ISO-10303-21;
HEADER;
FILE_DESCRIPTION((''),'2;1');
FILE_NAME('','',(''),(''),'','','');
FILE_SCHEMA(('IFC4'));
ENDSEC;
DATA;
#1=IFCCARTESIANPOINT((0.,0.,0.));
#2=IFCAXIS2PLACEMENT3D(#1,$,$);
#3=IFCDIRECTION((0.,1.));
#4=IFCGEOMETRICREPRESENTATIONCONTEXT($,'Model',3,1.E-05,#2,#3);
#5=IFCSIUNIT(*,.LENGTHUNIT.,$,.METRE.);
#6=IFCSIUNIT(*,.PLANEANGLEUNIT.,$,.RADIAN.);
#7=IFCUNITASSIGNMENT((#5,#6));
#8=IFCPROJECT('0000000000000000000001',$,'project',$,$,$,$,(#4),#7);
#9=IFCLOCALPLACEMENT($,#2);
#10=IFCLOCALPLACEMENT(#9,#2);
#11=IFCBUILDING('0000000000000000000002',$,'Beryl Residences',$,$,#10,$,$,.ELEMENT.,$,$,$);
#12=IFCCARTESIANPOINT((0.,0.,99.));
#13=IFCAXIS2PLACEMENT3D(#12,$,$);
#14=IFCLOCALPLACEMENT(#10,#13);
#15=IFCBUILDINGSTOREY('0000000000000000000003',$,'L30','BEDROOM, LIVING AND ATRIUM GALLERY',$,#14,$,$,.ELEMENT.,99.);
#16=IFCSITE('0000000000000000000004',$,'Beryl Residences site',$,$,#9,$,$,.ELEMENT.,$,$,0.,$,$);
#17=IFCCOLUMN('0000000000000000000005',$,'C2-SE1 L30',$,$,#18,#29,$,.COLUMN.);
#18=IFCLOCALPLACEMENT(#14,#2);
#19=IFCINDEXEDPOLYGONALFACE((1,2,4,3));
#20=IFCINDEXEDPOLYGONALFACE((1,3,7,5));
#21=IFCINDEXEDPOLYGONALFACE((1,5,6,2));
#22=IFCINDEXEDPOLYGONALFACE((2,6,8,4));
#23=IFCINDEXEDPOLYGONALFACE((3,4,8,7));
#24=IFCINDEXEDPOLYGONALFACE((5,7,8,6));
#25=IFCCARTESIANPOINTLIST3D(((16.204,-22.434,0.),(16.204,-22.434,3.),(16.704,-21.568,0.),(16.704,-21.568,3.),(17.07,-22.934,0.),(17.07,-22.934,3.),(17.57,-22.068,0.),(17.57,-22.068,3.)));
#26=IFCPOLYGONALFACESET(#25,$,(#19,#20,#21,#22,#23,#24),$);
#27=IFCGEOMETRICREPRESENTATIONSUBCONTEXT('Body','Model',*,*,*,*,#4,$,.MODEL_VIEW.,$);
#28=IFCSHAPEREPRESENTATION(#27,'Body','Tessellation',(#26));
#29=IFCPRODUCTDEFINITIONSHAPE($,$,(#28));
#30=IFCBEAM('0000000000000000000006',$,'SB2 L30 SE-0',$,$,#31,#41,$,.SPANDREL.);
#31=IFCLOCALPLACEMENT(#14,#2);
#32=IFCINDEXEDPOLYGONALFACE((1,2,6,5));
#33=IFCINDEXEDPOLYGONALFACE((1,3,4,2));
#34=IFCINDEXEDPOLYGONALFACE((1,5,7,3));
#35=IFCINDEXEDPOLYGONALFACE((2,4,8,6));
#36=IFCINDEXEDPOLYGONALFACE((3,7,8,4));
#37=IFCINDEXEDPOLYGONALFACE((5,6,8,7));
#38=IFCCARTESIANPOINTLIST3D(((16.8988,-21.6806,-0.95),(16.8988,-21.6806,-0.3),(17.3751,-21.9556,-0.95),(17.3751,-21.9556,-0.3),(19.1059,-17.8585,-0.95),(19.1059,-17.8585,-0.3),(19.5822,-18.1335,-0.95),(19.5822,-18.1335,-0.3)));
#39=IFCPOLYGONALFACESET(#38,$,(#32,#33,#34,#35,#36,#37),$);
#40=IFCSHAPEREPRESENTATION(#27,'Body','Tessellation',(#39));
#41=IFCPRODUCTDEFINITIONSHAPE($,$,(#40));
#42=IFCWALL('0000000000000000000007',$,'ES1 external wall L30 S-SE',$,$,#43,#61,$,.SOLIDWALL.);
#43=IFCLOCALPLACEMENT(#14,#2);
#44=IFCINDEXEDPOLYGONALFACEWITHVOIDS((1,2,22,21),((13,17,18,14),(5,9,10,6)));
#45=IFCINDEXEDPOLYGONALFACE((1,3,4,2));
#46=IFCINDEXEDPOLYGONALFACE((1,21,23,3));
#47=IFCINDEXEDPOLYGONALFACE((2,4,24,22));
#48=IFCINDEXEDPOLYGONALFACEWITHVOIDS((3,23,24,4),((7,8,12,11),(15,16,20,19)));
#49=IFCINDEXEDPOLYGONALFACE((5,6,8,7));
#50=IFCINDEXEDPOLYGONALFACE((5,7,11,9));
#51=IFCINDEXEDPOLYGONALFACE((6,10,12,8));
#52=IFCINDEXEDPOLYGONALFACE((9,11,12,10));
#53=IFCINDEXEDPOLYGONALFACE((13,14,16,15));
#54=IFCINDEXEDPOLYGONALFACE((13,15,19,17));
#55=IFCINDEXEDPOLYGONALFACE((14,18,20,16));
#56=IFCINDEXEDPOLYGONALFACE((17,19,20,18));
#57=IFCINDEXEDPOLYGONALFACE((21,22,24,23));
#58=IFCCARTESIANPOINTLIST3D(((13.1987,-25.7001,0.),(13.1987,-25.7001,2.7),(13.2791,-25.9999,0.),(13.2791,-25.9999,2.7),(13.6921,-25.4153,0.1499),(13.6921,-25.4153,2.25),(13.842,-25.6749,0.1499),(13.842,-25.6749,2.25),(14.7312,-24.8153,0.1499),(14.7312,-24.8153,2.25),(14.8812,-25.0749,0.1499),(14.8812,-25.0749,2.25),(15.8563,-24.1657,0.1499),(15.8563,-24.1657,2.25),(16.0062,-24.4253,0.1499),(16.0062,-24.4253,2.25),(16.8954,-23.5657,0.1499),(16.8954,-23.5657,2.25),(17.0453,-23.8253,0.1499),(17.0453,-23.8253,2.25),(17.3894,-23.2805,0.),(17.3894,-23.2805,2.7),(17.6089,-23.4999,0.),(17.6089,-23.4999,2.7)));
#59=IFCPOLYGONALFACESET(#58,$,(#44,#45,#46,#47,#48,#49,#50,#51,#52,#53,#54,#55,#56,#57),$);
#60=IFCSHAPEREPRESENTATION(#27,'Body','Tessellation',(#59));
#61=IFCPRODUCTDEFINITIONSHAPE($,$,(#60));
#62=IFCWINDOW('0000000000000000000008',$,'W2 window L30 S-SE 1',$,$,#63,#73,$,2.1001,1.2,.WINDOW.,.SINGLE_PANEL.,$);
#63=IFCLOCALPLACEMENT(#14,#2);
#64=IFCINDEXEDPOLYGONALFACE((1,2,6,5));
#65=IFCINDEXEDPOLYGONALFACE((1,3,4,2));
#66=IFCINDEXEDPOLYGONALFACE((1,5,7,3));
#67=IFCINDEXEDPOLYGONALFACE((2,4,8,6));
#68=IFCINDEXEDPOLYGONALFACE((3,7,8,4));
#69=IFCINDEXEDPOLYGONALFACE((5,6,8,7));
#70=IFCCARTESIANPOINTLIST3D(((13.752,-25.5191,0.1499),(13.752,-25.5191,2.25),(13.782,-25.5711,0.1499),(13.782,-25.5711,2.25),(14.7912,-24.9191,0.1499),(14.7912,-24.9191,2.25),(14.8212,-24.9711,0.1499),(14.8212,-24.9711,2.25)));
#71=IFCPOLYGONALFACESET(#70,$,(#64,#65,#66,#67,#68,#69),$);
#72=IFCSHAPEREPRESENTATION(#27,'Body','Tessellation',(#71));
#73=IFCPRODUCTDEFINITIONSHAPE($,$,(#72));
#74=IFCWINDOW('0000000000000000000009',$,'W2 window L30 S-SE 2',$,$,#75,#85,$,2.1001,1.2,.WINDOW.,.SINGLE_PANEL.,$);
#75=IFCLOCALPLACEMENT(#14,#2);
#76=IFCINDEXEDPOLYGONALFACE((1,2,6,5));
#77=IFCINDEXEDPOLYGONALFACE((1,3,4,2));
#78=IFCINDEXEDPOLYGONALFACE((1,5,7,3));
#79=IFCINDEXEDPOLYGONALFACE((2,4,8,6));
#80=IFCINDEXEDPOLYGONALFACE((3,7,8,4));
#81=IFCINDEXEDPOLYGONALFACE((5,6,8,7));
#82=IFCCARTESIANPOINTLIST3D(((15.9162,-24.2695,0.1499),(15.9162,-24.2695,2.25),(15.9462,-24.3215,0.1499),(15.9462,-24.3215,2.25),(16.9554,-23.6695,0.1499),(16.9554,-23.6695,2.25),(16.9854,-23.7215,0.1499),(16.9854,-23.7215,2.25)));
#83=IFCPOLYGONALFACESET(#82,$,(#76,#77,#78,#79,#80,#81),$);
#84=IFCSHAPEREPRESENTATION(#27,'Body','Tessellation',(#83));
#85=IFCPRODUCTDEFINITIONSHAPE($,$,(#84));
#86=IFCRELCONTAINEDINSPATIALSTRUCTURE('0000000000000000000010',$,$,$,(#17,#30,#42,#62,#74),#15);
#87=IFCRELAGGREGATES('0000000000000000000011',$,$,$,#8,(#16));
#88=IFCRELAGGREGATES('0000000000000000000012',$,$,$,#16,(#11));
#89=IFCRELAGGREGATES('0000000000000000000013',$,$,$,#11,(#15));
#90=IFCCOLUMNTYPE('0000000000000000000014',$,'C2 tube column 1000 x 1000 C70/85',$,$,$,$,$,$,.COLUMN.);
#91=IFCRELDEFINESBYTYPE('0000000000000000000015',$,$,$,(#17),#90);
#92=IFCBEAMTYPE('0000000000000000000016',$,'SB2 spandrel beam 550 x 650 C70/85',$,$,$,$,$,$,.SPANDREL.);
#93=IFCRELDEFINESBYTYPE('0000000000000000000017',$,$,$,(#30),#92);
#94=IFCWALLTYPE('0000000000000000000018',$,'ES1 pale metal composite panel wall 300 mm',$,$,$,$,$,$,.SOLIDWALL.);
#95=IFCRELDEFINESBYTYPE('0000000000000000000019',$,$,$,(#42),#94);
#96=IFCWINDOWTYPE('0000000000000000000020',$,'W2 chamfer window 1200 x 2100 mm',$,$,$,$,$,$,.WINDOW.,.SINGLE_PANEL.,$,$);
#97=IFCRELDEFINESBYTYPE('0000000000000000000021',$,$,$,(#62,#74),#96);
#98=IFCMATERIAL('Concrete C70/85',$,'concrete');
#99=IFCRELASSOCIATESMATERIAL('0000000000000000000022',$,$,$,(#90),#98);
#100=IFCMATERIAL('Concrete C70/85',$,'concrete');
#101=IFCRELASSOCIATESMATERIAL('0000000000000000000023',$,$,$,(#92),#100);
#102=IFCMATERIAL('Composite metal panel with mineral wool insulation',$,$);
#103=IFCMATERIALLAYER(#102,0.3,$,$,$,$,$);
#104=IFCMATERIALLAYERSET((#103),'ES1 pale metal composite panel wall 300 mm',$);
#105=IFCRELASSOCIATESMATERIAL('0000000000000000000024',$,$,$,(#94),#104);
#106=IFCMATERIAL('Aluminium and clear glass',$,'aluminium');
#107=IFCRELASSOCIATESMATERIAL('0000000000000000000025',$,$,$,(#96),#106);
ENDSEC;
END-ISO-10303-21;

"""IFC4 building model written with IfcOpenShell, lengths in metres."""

from ifc_helpers import new_model, si_unit, direction, frame, frame_2d, origin, origin_2d, place, context, subcontext, project, spatial, polyline, rectangle, outline, extrude, material, layer, layer_set, material_profile, profile_set, type_object, element, fill, save


model = new_model("IFC4")

# Units and contexts
model_context = context("Model", 3, precision=1e-05, world=origin(), true_north=direction((0.0, 1.0)))
body_context = subcontext(model_context, "Body", "Model", "MODEL_VIEW")
ifc_project = project(units=[si_unit("LENGTHUNIT", "METRE"), si_unit("PLANEANGLEUNIT", "RADIAN")], contexts=[model_context])

# Site, building, storey
site_placement = place(None, origin())
site = spatial("IfcSite", under=ifc_project, at=site_placement, Name="Beryl Residences site", CompositionType="ELEMENT", RefElevation=0.0)
building_placement = place(site_placement, origin())
building = spatial("IfcBuilding", under=site, at=building_placement, Name="Beryl Residences", CompositionType="ELEMENT")
storey_placement = place(building_placement, frame((0.0, 0.0, 99.0)))
storey = spatial("IfcBuildingStorey", under=building, at=storey_placement, Name="L30", Description="BEDROOM, LIVING AND ATRIUM GALLERY", CompositionType="ELEMENT", Elevation=99.0)

# Column
ifc_material_1 = material(Name="Concrete C70/85", Category="concrete")
ifc_material_profile_1 = material_profile(ifc_material_1, rectangle(XDim=1.0, YDim=1.0, at=origin_2d()))
ifc_profile_set_1 = profile_set([ifc_material_profile_1], Name="Concrete C70/85")
column_type = type_object("IfcColumnType", Name="C2 tube column 1000 x 1000 C70/85", PredefinedType="COLUMN", material=ifc_profile_set_1)
column_placement = place(storey_placement, frame((16.887, -22.251, 0.0), z_axis=(0.0, 0.0, 1.0), x_axis=(0.5, 0.866025, 0.0)))
element("IfcColumn", 1, at=column_placement, inside=storey, type_object=column_type, Name="C2-SE1 L30", PredefinedType="COLUMN", context=body_context, shape_type="SweptSolid", body=[
    extrude(rectangle(XDim=1.0, YDim=1.0, at=origin_2d()), origin(), (0.0, 0.0, 1.0), 3.0),
])

# Beam
ifc_material_2 = material(Name="Concrete C70/85", Category="concrete")
ifc_material_profile_2 = material_profile(ifc_material_2, rectangle(XDim=0.55, YDim=0.6499, at=origin_2d()))
ifc_profile_set_2 = profile_set([ifc_material_profile_2], Name="Concrete C70/85")
beam_type = type_object("IfcBeamType", Name="SB2 spandrel beam 550 x 650 C70/85", PredefinedType="SPANDREL", material=ifc_profile_set_2)
beam_placement = place(storey_placement, frame((17.137, -21.8181, -0.625), z_axis=(0.500066, 0.865988, 0.0), x_axis=(-0.865988, 0.500066, 0.0)))
element("IfcBeam", 2, at=beam_placement, inside=storey, type_object=beam_type, Name="SB2 L30 SE-0", PredefinedType="SPANDREL", context=body_context, shape_type="SweptSolid", body=[
    extrude(rectangle(XDim=0.55, YDim=0.6499, at=origin_2d()), origin(), (0.0, 0.0, 1.0), 4.4136),
])

# Wall, openings, windows
ifc_material_3 = material(Name="Composite metal panel with mineral wool insulation")
ifc_layer_1 = layer(ifc_material_3, 0.3)
ifc_layer_set_1 = layer_set([ifc_layer_1], Name="ES1 pale metal composite panel wall 300 mm")
wall_type_1 = type_object("IfcWallType", Name="ES1 pale metal composite panel wall 300 mm", PredefinedType="SOLIDWALL", material=ifc_layer_set_1)
wall_1_placement = place(storey_placement, frame((13.2041, -25.8701, 0.0), z_axis=(0.0, 0.0, 1.0), x_axis=(0.866011, 0.500025, 0.0)))
wall_1 = element("IfcWall", 3, at=wall_1_placement, inside=storey, type_object=wall_type_1, Name="ES1 external wall L30 S-SE", PredefinedType="SOLIDWALL", context=body_context, shape_type="SweptSolid", body=[
    extrude(outline(polyline([(0.0, -0.1499), (4.9998, -0.1499), (4.9194, 0.1499), (0.0803, 0.1499), (0.0, -0.1499)])), origin(), (0.0, 0.0, 1.0), 2.7),
])
opening_1_placement = place(wall_1_placement, frame((0.6499, 0.0, 0.1499)))
opening_1 = element("IfcOpeningElement", 4, at=opening_1_placement, cuts=wall_1, PredefinedType="OPENING", context=body_context, shape_type="SweptSolid", body=[
    extrude(rectangle(XDim=1.2, YDim=2.1001, at=frame_2d((0.6001, 1.05))), frame((0.0, 0.1599, 0.0), z_axis=(0.0, -1.0, 0.0), x_axis=(1.0, 0.0, 0.0)), (0.0, 0.0, 1.0), 0.3201),
])
opening_2_placement = place(wall_1_placement, frame((3.1489, 0.0, 0.1499)))
opening_2 = element("IfcOpeningElement", 5, at=opening_2_placement, cuts=wall_1, PredefinedType="OPENING", context=body_context, shape_type="SweptSolid", body=[
    extrude(rectangle(XDim=1.2, YDim=2.1001, at=frame_2d((0.6001, 1.05))), frame((0.0, 0.1599, 0.0), z_axis=(0.0, -1.0, 0.0), x_axis=(1.0, 0.0, 0.0)), (0.0, 0.0, 1.0), 0.3201),
])
ifc_material_4 = material(Name="Aluminium and clear glass", Category="aluminium")
window_type_1 = type_object("IfcWindowType", Name="W2 chamfer window 1200 x 2100 mm", PartitioningType="SINGLE_PANEL", PredefinedType="WINDOW", material=ifc_material_4)
window_1_placement = place(opening_1_placement, origin())
window_1 = element("IfcWindow", 6, at=window_1_placement, inside=storey, type_object=window_type_1, Name="W2 window L30 S-SE 1", OverallHeight=2.1001, OverallWidth=1.2, PartitioningType="SINGLE_PANEL", PredefinedType="WINDOW", context=body_context, shape_type="SweptSolid", body=[
    extrude(rectangle(XDim=1.2, YDim=2.1001, at=frame_2d((0.6001, 1.05))), frame((0.0, 0.03, 0.0), z_axis=(0.0, -1.0, 0.0), x_axis=(1.0, 0.0, 0.0)), (0.0, 0.0, 1.0), 0.0601),
])
fill(opening_1, window_1)
window_2_placement = place(opening_2_placement, origin())
window_2 = element("IfcWindow", 7, at=window_2_placement, inside=storey, type_object=window_type_1, Name="W2 window L30 S-SE 2", OverallHeight=2.1001, OverallWidth=1.2, PartitioningType="SINGLE_PANEL", PredefinedType="WINDOW", context=body_context, shape_type="SweptSolid", body=[
    extrude(rectangle(XDim=1.2, YDim=2.1001, at=frame_2d((0.6001, 1.05))), frame((0.0, 0.03, 0.0), z_axis=(0.0, -1.0, 0.0), x_axis=(1.0, 0.0, 0.0)), (0.0, 0.0, 1.0), 0.0601),
])
fill(opening_2, window_2)

save(model, "model.ifc")
